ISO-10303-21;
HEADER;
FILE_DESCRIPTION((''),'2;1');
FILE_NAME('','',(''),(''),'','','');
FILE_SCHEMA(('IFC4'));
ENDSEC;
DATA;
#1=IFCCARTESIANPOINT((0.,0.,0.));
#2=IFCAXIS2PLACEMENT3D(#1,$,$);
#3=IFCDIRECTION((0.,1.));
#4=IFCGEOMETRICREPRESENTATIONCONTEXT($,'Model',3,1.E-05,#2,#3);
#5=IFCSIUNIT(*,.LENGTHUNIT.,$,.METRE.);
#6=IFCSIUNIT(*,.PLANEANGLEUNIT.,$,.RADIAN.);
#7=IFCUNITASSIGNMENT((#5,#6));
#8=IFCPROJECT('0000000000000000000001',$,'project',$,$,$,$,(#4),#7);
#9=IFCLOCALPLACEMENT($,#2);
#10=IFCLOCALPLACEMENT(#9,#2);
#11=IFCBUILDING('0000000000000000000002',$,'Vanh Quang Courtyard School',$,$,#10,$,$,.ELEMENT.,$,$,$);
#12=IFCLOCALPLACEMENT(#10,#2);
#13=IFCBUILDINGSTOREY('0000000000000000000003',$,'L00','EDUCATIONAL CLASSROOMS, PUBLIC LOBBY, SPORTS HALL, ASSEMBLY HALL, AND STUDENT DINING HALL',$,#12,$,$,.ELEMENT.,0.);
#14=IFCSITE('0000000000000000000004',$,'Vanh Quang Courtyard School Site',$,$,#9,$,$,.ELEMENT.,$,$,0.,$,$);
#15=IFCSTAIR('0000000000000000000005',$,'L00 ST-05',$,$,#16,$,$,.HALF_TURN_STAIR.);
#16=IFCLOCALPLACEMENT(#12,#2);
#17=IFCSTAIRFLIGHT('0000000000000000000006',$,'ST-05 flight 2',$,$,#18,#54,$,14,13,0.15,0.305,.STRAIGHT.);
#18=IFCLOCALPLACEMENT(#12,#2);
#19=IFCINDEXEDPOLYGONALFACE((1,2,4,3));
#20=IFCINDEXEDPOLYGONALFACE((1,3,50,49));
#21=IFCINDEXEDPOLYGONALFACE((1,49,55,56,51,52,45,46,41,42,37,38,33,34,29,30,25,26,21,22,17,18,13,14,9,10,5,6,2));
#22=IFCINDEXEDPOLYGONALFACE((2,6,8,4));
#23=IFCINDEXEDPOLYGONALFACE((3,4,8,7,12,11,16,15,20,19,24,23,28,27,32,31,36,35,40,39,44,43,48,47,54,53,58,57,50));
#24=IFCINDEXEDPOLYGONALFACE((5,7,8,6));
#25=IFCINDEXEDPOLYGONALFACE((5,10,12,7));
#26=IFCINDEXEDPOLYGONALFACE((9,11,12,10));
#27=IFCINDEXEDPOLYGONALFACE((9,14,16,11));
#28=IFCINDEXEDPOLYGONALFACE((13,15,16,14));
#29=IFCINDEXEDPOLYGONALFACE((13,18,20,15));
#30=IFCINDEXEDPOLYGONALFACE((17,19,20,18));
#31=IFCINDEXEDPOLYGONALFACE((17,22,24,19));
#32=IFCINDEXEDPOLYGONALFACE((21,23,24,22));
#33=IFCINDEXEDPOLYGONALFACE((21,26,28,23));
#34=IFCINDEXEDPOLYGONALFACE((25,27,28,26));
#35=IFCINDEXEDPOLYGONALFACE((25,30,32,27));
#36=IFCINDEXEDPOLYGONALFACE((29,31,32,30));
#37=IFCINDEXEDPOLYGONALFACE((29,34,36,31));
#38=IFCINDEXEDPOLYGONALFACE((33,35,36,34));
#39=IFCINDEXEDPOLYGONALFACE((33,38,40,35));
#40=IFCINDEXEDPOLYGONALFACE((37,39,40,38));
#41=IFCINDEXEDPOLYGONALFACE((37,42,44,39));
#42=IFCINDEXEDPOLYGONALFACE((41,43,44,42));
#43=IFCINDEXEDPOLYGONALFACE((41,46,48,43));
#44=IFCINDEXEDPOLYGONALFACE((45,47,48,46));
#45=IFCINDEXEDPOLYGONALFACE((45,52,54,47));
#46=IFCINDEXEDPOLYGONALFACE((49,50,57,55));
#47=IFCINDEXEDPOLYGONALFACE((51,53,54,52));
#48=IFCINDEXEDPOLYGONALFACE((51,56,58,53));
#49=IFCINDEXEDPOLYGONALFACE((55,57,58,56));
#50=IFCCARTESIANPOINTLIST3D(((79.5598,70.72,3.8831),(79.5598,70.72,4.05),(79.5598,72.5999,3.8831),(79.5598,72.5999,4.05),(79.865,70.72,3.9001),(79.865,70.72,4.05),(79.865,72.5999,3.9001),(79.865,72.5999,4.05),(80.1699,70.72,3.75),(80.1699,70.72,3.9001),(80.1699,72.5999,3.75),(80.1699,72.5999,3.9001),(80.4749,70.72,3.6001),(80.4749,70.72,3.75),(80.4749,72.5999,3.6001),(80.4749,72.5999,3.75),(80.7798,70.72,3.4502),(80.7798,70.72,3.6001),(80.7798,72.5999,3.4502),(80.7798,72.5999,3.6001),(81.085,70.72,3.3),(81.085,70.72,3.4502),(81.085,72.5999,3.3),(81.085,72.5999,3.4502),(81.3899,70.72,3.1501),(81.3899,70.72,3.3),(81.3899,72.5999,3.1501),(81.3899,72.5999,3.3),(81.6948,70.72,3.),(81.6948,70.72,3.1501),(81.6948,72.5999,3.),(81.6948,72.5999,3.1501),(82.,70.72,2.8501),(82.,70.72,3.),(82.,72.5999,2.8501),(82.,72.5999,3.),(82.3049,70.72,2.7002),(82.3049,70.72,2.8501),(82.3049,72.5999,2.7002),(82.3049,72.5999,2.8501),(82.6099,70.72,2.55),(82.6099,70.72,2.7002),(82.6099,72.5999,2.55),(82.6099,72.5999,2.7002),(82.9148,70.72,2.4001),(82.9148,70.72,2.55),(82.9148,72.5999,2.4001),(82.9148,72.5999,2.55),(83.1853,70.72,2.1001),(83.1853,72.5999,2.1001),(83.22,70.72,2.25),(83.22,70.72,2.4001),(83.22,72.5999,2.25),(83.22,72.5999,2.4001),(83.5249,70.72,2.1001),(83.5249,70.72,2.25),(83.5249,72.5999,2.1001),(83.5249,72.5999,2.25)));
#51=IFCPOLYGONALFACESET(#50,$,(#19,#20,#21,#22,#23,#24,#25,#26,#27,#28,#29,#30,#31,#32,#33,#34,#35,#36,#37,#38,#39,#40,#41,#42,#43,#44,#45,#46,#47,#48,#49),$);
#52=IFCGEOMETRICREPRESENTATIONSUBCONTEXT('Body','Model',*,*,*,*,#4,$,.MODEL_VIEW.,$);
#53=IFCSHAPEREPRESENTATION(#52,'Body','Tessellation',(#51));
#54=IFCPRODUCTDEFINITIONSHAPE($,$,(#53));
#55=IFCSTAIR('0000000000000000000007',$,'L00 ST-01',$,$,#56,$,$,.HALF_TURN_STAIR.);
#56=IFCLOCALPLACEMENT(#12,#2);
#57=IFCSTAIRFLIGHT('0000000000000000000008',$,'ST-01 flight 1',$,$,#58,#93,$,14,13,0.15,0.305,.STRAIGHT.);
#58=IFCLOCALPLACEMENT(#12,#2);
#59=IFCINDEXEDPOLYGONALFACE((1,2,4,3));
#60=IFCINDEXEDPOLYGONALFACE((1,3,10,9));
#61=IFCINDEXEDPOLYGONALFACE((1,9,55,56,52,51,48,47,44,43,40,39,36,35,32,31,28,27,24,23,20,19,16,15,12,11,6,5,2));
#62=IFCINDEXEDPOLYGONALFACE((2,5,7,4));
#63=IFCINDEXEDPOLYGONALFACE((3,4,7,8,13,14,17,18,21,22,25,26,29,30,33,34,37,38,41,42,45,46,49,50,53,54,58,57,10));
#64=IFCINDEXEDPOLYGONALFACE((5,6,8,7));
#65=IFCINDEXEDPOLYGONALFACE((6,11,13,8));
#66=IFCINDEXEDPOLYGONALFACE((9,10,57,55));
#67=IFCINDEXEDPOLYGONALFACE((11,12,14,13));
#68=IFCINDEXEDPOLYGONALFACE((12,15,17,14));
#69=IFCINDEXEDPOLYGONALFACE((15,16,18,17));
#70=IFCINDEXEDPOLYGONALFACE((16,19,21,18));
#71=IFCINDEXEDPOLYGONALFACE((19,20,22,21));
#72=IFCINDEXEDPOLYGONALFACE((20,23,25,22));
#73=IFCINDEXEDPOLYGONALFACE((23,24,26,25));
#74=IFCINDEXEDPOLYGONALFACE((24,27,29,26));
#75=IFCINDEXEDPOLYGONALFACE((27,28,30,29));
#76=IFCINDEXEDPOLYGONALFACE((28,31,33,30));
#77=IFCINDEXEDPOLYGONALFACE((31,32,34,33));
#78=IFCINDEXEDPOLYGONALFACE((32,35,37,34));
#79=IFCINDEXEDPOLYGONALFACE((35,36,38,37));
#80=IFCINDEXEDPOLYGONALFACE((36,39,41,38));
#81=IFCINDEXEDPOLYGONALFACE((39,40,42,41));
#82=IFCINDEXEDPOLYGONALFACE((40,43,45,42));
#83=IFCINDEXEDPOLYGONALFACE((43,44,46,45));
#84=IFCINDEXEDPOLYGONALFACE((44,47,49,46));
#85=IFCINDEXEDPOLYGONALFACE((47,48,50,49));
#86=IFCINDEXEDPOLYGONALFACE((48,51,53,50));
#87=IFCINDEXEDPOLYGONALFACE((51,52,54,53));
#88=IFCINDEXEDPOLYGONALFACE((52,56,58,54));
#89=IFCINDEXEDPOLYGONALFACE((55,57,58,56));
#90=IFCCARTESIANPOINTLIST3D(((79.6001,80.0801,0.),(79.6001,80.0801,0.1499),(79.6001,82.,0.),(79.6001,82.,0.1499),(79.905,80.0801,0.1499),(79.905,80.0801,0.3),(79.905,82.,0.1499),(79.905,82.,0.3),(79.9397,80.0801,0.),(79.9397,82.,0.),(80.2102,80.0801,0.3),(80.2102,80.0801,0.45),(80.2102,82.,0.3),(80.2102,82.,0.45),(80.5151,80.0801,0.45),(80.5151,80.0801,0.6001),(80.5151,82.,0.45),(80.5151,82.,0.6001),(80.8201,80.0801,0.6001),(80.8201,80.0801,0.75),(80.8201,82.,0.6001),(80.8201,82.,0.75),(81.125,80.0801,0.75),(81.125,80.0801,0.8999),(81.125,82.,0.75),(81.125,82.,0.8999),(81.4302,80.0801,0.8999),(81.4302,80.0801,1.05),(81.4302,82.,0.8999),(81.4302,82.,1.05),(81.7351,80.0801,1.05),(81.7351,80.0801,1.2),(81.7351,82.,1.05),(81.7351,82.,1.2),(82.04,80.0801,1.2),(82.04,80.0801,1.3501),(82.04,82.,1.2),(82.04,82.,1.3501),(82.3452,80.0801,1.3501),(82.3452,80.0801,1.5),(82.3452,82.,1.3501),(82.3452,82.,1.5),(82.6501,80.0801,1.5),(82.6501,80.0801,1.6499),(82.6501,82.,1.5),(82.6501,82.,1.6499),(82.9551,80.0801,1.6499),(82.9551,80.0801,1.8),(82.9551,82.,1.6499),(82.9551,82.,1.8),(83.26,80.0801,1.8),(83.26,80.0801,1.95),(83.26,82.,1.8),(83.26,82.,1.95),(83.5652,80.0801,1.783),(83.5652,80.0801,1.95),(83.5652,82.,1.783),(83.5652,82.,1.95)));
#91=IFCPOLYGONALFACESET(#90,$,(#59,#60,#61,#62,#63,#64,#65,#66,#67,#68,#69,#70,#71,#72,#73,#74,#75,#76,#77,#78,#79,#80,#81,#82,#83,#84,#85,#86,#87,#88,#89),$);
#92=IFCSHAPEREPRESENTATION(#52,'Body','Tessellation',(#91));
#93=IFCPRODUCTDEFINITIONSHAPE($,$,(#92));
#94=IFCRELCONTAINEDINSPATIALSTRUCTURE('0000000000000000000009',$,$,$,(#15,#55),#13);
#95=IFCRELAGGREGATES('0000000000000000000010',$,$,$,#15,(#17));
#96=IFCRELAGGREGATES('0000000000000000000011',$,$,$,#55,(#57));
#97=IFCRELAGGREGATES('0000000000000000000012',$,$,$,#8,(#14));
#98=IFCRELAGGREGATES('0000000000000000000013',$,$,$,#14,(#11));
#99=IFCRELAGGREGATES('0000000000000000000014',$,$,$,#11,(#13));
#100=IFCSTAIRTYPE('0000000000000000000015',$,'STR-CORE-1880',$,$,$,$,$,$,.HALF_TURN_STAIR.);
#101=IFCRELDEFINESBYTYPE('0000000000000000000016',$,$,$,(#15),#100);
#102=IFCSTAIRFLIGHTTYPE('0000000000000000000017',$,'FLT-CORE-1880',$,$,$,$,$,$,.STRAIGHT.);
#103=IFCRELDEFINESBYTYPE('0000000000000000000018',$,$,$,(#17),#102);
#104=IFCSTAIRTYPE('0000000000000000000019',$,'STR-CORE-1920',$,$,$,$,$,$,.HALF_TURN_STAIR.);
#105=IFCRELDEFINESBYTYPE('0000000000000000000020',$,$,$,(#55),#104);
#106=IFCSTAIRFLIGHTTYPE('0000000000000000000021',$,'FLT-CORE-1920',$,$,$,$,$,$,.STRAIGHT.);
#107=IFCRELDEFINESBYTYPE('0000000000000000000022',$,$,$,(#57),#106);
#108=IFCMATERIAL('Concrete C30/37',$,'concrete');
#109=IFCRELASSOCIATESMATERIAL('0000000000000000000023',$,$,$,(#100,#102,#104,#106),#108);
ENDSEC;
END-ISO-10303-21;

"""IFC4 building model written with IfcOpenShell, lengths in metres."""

from ifc_helpers import new_model, si_unit, direction, frame, origin, place, context, subcontext, project, spatial, polyline, outline, extrude, material, type_object, element, aggregate, save


model = new_model("IFC4")

# Units and contexts
model_context = context("Model", 3, precision=1e-05, world=origin(), true_north=direction((0.0, 1.0)))
body_context = subcontext(model_context, "Body", "Model", "MODEL_VIEW")
ifc_project = project(units=[si_unit("LENGTHUNIT", "METRE"), si_unit("PLANEANGLEUNIT", "RADIAN")], contexts=[model_context])

# Site, building, storey
site_placement = place(None, origin())
site = spatial("IfcSite", under=ifc_project, at=site_placement, Name="Vanh Quang Courtyard School Site", CompositionType="ELEMENT", RefElevation=0.0)
building_placement = place(site_placement, origin())
building = spatial("IfcBuilding", under=site, at=building_placement, Name="Vanh Quang Courtyard School", CompositionType="ELEMENT")
storey_placement = place(building_placement, origin())
storey = spatial("IfcBuildingStorey", under=building, at=storey_placement, Name="L00", Description="EDUCATIONAL CLASSROOMS, PUBLIC LOBBY, SPORTS HALL, ASSEMBLY HALL, AND STUDENT DINING HALL", CompositionType="ELEMENT", Elevation=0.0)

# Shared definitions
ifc_material_1 = material(Name="Concrete C30/37", Category="concrete")

# Stair, stair flight
stair_type_1 = type_object("IfcStairType", Name="STR-CORE-1880", PredefinedType="HALF_TURN_STAIR", material=ifc_material_1)
stair_1_placement = place(storey_placement, origin())
stair_1 = element("IfcStair", 1, at=stair_1_placement, inside=storey, type_object=stair_type_1, Name="L00 ST-05", PredefinedType="HALF_TURN_STAIR")
stair_flight_type_1 = type_object("IfcStairFlightType", Name="FLT-CORE-1880", PredefinedType="STRAIGHT", material=ifc_material_1)
stair_flight_1_placement = place(storey_placement, frame((83.5249, 71.6599, 2.1001), z_axis=(0.0, 0.0, 1.0), x_axis=(-1.0, 0.0, 0.0)))
stair_flight_1 = element("IfcStairFlight", 2, at=stair_flight_1_placement, type_object=stair_flight_type_1, Name="ST-05 flight 2", NumberOfRisers=14, NumberOfTreads=13, PredefinedType="STRAIGHT", RiserHeight=0.15, TreadLength=0.305, context=body_context, shape_type="SweptSolid", body=[
    extrude(outline(polyline([(0.0, 0.0), (0.0, 0.1499), (0.3049, 0.1499), (0.3049, 0.3), (0.6101, 0.3), (0.6101, 0.45), (0.915, 0.45), (0.915, 0.6001), (1.22, 0.6001), (1.22, 0.75), (1.5249, 0.75), (1.5249, 0.8999), (1.8301, 0.8999), (1.8301, 1.05), (2.135, 1.05), (2.135, 1.2), (2.4399, 1.2), (2.4399, 1.3501), (2.7451, 1.3501), (2.7451, 1.5), (3.05, 1.5), (3.05, 1.6499), (3.355, 1.6499), (3.355, 1.8), (3.6599, 1.8), (3.6599, 1.95), (3.9651, 1.95), (3.9651, 2.1001), (3.9651, 1.783), (0.3396, 0.0), (0.0, 0.0)])), frame((0.0, 0.9399, 0.0), z_axis=(0.0, -1.0, 0.0), x_axis=(1.0, 0.0, 0.0)), (0.0, 0.0, 1.0), 1.8799),
])
aggregate(stair_1, [stair_flight_1])

# Stair, stair flight
stair_type_2 = type_object("IfcStairType", Name="STR-CORE-1920", PredefinedType="HALF_TURN_STAIR", material=ifc_material_1)
stair_2_placement = place(storey_placement, origin())
stair_2 = element("IfcStair", 3, at=stair_2_placement, inside=storey, type_object=stair_type_2, Name="L00 ST-01", PredefinedType="HALF_TURN_STAIR")
stair_flight_type_2 = type_object("IfcStairFlightType", Name="FLT-CORE-1920", PredefinedType="STRAIGHT", material=ifc_material_1)
stair_flight_2_placement = place(storey_placement, frame((79.6001, 81.04, 0.0), z_axis=(0.0, 0.0, 1.0), x_axis=(1.0, 0.0, 0.0)))
stair_flight_2 = element("IfcStairFlight", 4, at=stair_flight_2_placement, type_object=stair_flight_type_2, Name="ST-01 flight 1", NumberOfRisers=14, NumberOfTreads=13, PredefinedType="STRAIGHT", RiserHeight=0.15, TreadLength=0.305, context=body_context, shape_type="SweptSolid", body=[
    extrude(outline(polyline([(0.0, 0.0), (0.0, 0.1499), (0.3049, 0.1499), (0.3049, 0.3), (0.6101, 0.3), (0.6101, 0.45), (0.915, 0.45), (0.915, 0.6001), (1.22, 0.6001), (1.22, 0.75), (1.5249, 0.75), (1.5249, 0.8999), (1.8301, 0.8999), (1.8301, 1.05), (2.135, 1.05), (2.135, 1.2), (2.4399, 1.2), (2.4399, 1.3501), (2.7451, 1.3501), (2.7451, 1.5), (3.05, 1.5), (3.05, 1.6499), (3.355, 1.6499), (3.355, 1.8), (3.6599, 1.8), (3.6599, 1.95), (3.9651, 1.95), (3.9651, 2.1001), (3.9651, 1.783), (0.3396, 0.0), (0.0, 0.0)])), frame((0.0, 0.96, 0.0), z_axis=(0.0, -1.0, 0.0), x_axis=(1.0, 0.0, 0.0)), (0.0, 0.0, 1.0), 1.9199),
])
aggregate(stair_2, [stair_flight_2])

save(model, "model.ifc")
